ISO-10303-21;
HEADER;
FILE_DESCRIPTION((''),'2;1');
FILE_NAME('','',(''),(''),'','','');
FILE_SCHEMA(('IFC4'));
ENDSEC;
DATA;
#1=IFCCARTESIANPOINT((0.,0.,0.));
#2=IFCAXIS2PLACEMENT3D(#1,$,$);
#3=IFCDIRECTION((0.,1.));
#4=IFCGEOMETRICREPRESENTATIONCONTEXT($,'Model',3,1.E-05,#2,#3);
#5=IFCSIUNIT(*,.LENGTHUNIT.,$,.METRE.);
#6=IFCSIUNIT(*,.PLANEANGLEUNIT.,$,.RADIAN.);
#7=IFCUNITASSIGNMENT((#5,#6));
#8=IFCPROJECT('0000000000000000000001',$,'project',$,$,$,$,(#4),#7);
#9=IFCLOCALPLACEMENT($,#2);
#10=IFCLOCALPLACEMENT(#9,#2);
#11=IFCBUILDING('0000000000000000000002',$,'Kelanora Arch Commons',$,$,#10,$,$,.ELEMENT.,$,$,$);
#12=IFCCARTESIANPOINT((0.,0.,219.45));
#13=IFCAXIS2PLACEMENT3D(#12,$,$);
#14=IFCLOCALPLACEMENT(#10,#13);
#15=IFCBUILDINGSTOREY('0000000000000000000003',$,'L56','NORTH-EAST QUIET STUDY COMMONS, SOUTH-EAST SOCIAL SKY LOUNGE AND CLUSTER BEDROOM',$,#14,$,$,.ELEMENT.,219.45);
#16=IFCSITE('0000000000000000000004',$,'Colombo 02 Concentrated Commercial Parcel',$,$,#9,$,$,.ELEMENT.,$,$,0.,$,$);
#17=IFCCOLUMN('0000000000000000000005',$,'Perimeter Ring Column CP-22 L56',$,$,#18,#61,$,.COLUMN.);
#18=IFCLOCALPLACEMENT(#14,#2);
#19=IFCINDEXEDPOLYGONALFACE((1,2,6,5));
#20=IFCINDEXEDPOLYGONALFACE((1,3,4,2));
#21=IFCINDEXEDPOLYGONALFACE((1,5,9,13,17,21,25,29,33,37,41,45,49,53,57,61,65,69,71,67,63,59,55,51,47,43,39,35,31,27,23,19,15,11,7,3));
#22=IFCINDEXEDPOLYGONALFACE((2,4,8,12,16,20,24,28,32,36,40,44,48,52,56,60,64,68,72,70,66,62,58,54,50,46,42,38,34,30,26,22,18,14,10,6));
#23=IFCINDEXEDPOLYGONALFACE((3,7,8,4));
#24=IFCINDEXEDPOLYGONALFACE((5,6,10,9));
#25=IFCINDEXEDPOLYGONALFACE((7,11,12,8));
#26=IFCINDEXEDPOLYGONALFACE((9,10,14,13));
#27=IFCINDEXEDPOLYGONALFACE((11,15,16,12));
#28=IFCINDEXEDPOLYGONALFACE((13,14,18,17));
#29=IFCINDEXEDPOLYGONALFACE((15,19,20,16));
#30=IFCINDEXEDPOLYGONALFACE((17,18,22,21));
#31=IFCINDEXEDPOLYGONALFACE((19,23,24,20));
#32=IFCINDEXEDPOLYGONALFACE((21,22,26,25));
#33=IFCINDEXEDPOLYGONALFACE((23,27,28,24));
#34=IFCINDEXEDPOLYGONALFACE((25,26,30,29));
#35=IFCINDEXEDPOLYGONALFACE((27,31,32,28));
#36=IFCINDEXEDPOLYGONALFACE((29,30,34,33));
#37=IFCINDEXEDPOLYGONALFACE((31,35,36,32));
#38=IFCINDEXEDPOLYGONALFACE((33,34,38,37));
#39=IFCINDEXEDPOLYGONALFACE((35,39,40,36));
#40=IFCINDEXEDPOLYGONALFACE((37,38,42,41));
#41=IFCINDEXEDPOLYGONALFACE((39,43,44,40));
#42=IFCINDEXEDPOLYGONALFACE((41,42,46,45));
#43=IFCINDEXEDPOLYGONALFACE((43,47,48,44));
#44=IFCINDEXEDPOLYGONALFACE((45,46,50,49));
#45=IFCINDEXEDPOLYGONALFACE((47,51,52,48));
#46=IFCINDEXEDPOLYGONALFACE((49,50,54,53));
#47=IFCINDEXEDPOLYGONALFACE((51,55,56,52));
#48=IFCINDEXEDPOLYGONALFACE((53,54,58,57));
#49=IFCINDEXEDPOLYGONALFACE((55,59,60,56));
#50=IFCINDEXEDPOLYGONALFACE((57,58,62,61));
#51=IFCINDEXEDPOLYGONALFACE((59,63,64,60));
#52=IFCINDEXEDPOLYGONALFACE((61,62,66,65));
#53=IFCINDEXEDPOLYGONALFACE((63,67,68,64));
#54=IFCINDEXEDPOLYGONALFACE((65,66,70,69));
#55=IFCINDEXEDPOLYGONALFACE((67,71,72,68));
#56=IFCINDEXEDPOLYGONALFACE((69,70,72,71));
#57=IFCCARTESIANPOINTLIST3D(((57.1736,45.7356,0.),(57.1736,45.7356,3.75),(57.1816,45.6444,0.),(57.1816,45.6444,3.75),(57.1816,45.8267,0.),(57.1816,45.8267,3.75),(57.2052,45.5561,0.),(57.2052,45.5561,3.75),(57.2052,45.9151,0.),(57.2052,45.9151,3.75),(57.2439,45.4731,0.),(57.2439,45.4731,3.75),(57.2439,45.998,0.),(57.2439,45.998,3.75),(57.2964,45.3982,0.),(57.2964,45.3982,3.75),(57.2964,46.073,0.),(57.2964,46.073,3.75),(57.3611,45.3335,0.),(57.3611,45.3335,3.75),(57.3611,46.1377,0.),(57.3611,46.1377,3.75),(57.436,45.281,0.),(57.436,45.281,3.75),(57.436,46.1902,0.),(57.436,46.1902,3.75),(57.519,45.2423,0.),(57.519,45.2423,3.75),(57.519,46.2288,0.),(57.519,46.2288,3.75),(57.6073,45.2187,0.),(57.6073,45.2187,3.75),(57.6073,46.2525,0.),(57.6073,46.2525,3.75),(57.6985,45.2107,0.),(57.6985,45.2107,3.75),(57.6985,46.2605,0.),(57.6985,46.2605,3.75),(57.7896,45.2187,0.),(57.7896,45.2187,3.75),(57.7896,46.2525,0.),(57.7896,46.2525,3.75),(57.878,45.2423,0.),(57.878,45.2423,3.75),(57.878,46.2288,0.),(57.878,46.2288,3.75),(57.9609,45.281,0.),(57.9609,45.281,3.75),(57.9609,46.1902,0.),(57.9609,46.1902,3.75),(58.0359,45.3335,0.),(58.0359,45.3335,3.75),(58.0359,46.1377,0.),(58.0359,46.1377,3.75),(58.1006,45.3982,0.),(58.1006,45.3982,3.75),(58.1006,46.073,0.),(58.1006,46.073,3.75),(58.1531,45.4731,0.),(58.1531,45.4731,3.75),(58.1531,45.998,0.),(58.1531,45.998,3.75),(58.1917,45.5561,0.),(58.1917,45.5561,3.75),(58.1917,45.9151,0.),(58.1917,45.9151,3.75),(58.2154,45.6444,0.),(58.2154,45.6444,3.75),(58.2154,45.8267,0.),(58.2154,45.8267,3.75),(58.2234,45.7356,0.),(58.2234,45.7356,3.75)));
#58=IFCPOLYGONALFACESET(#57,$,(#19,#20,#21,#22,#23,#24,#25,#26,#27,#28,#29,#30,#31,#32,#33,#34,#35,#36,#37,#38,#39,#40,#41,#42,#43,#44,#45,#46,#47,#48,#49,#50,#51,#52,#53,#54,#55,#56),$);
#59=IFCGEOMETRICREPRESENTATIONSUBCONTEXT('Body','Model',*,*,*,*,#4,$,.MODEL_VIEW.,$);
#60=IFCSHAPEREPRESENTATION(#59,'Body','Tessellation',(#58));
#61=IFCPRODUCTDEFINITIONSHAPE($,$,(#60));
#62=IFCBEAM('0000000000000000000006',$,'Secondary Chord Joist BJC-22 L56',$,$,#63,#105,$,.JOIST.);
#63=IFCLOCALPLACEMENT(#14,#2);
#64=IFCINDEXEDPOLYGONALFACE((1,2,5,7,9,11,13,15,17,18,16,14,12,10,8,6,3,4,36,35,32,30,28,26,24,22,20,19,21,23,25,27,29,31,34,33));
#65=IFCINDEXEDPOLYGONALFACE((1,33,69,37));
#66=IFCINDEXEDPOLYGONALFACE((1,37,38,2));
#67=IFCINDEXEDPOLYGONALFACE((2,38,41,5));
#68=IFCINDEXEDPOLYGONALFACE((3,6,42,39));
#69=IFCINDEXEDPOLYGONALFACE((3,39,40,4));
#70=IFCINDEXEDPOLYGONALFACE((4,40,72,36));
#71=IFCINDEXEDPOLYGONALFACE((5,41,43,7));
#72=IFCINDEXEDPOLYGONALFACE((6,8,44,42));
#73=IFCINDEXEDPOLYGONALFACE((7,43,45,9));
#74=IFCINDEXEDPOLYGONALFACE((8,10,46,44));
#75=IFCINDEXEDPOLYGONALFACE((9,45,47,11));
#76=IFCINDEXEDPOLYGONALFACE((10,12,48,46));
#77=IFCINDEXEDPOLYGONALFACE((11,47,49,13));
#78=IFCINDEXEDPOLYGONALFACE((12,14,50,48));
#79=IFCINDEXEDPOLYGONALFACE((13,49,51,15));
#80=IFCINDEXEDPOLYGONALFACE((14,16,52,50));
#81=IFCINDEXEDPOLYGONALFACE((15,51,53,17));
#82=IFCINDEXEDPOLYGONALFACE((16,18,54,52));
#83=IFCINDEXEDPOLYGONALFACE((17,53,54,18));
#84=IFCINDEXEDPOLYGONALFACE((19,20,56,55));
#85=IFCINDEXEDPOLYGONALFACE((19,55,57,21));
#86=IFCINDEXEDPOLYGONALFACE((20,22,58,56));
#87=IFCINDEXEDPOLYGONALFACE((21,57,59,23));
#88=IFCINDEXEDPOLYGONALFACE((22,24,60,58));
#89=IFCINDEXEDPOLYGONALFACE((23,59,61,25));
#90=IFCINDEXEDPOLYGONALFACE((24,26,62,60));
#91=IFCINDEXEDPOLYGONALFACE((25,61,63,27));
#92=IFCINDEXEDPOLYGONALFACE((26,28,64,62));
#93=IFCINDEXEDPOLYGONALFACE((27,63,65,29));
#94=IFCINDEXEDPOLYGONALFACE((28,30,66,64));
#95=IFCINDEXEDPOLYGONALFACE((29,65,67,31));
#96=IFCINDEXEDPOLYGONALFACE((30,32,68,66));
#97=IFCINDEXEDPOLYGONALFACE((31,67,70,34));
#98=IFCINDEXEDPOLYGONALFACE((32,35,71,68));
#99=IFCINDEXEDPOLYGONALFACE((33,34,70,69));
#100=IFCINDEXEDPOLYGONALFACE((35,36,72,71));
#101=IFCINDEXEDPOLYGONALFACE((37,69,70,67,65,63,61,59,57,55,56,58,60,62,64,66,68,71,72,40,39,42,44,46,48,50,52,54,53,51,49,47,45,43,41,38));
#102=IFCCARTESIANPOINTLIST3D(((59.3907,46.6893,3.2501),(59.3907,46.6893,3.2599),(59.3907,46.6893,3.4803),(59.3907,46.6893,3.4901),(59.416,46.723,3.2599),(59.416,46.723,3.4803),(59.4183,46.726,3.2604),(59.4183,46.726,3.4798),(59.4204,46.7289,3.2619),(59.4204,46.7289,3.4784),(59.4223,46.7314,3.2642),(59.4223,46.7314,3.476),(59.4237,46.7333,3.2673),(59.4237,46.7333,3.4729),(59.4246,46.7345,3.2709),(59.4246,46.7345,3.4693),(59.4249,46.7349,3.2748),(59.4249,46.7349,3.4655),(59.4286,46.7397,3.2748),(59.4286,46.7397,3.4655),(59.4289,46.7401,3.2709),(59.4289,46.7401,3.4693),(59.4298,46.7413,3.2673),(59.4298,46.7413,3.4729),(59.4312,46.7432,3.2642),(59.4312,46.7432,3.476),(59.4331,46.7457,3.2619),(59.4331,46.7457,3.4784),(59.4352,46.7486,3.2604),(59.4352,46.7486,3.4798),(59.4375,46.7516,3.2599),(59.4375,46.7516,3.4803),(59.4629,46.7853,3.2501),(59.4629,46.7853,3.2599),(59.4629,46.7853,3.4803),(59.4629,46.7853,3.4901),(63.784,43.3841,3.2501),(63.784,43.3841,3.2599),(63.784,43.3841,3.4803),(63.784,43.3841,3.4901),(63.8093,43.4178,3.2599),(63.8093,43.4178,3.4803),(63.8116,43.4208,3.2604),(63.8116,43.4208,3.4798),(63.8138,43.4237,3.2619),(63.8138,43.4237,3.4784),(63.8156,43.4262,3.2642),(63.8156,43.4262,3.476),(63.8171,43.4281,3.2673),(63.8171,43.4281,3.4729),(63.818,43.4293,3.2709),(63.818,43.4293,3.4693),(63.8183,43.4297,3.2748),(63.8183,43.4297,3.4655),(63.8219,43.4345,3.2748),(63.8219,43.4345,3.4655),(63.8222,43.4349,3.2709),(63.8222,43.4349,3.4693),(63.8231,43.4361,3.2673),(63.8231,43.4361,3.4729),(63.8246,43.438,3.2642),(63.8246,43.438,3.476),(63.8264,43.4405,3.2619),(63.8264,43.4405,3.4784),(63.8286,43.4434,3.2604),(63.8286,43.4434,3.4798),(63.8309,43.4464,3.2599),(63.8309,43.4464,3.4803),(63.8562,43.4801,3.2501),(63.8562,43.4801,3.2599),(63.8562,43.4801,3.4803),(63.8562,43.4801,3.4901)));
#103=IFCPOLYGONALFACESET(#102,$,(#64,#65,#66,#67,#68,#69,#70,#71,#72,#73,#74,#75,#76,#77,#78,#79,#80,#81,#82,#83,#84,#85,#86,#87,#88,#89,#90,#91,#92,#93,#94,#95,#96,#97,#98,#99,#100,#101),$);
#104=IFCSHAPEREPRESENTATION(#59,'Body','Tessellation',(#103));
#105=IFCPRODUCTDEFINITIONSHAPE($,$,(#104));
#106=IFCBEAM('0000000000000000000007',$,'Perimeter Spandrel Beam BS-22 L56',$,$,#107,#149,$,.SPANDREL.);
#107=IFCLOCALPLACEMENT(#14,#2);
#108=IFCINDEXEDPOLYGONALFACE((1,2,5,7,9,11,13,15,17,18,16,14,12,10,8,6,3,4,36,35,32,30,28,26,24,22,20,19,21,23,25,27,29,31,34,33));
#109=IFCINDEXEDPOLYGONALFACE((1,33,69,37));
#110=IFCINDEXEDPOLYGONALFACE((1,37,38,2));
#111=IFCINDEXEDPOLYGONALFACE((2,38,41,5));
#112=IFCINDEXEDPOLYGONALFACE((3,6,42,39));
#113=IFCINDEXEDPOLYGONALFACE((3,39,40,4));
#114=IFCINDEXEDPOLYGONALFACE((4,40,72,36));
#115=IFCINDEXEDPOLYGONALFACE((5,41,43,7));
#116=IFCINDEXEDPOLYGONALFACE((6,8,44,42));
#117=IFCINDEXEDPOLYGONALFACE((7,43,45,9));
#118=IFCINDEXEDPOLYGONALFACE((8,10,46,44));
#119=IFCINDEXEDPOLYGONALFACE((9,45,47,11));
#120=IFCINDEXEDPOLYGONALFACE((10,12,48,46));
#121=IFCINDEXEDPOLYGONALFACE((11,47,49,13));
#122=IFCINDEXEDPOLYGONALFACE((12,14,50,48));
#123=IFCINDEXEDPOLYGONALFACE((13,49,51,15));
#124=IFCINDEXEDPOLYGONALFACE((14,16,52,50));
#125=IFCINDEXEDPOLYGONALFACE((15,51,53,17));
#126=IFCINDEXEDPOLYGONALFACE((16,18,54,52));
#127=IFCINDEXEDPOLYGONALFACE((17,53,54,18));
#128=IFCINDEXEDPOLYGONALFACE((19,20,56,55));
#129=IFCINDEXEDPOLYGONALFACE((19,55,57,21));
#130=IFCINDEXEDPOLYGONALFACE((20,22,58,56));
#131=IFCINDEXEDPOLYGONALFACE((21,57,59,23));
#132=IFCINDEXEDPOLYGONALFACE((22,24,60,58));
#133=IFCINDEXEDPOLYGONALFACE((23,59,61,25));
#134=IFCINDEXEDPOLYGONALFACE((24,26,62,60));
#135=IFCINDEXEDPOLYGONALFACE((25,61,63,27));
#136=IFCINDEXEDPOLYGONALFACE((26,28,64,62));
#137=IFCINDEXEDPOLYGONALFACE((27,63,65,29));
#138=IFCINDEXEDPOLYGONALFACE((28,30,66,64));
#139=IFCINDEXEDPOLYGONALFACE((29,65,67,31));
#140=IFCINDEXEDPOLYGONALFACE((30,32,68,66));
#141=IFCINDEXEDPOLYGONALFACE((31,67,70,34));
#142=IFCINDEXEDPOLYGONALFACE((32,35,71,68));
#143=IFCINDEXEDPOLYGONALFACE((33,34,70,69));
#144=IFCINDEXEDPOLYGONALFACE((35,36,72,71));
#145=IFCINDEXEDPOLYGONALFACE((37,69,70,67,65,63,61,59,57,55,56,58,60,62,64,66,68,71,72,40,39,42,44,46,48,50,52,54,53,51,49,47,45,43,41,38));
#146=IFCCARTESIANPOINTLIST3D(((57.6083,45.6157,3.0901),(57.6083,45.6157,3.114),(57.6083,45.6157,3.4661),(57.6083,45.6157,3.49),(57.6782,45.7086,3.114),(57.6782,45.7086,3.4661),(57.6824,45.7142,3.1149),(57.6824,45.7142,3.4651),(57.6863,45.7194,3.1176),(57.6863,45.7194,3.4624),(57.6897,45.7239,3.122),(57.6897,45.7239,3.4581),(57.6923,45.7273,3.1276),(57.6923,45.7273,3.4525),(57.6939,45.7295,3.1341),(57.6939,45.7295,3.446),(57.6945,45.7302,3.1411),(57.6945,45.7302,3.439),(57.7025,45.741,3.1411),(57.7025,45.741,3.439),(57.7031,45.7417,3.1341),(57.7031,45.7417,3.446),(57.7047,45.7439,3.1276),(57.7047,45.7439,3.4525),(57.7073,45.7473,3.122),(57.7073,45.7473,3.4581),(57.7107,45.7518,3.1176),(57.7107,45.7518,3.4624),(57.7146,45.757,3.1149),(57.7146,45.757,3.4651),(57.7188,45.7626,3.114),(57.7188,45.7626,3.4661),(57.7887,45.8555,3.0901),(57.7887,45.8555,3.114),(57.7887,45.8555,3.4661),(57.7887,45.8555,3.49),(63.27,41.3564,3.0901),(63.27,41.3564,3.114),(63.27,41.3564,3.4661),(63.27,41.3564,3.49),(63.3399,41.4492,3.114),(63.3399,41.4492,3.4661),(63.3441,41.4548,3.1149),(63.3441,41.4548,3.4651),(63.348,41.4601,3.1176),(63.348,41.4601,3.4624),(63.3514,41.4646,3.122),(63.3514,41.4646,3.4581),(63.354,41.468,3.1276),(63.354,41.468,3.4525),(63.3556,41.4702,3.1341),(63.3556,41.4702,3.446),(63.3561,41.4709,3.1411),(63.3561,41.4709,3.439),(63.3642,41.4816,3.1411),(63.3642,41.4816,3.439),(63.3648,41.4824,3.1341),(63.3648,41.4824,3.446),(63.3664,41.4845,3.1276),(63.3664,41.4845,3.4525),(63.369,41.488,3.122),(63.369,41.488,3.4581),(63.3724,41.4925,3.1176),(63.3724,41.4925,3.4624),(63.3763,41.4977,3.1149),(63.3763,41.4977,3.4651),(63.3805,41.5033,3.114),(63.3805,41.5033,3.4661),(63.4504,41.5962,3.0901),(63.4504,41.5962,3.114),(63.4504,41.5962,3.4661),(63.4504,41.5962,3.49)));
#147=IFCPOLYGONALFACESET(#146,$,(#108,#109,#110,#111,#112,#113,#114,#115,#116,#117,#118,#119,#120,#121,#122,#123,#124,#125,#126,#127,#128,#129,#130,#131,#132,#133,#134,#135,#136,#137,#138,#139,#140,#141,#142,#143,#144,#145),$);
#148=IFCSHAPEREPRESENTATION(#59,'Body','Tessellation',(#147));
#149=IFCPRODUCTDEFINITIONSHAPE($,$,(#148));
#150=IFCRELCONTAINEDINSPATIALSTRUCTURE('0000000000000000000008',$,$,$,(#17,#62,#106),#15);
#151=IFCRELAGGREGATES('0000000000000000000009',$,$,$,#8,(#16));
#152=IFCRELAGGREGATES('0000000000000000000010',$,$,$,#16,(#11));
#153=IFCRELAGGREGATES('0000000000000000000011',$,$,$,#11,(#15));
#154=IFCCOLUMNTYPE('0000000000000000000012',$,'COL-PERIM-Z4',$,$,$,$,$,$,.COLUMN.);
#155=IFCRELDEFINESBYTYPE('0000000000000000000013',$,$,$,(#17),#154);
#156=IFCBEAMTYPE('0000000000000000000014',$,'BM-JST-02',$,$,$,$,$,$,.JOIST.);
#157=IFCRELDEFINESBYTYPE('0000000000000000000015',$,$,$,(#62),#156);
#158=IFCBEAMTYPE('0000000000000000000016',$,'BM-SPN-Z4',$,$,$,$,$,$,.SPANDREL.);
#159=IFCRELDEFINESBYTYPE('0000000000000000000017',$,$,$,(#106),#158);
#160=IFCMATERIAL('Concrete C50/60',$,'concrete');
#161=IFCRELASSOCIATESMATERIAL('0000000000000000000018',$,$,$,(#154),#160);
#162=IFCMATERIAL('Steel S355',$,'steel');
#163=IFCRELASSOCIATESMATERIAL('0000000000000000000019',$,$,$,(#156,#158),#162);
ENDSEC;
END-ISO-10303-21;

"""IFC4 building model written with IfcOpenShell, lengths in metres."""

from ifc_helpers import new_model, si_unit, direction, frame, origin, origin_2d, place, context, subcontext, project, spatial, circle, i_section, extrude, material, material_profile, profile_set, type_object, element, save


model = new_model("IFC4")

# Units and contexts
model_context = context("Model", 3, precision=1e-05, world=origin(), true_north=direction((0.0, 1.0)))
body_context = subcontext(model_context, "Body", "Model", "MODEL_VIEW")
ifc_project = project(units=[si_unit("LENGTHUNIT", "METRE"), si_unit("PLANEANGLEUNIT", "RADIAN")], contexts=[model_context])

# Site, building, storey
site_placement = place(None, origin())
site = spatial("IfcSite", under=ifc_project, at=site_placement, Name="Colombo 02 Concentrated Commercial Parcel", CompositionType="ELEMENT", RefElevation=0.0)
building_placement = place(site_placement, origin())
building = spatial("IfcBuilding", under=site, at=building_placement, Name="Kelanora Arch Commons", CompositionType="ELEMENT")
storey_placement = place(building_placement, frame((0.0, 0.0, 219.45)))
storey = spatial("IfcBuildingStorey", under=building, at=storey_placement, Name="L56", Description="NORTH-EAST QUIET STUDY COMMONS, SOUTH-EAST SOCIAL SKY LOUNGE AND CLUSTER BEDROOM", CompositionType="ELEMENT", Elevation=219.45)

# Column
ifc_material_1 = material(Name="Concrete C50/60", Category="concrete")
ifc_material_profile_1 = material_profile(ifc_material_1, circle(Radius=0.5249, at=origin_2d()), Name="RCC1050")
ifc_profile_set_1 = profile_set([ifc_material_profile_1], Name="Concrete C50/60")
column_type = type_object("IfcColumnType", Name="COL-PERIM-Z4", PredefinedType="COLUMN", material=ifc_profile_set_1)
column_placement = place(storey_placement, frame((57.6985, 45.7356, 0.0), z_axis=(0.0, 0.0, 1.0), x_axis=(1.0, 0.0, 0.0)))
element("IfcColumn", 1, at=column_placement, inside=storey, type_object=column_type, Name="Perimeter Ring Column CP-22 L56", PredefinedType="COLUMN", context=body_context, shape_type="SweptSolid", body=[
    extrude(circle(Radius=0.5249, at=origin_2d()), origin(), (0.0, 0.0, 1.0), 3.75),
])

# Beams
ifc_material_2 = material(Name="Steel S355", Category="steel")
ifc_material_profile_2 = material_profile(ifc_material_2, i_section(OverallWidth=0.1201, OverallDepth=0.24, WebThickness=0.0061, FlangeThickness=0.0098, FilletRadius=0.0149, at=origin_2d()), Name="IPE240")
ifc_profile_set_2 = profile_set([ifc_material_profile_2], Name="Steel S355")
beam_type_1 = type_object("IfcBeamType", Name="BM-JST-02", PredefinedType="JOIST", material=ifc_profile_set_2)
beam_1_placement = place(storey_placement, frame((59.4268, 46.7373, 3.3701), z_axis=(0.799109, -0.601186, 0.0), x_axis=(0.601186, 0.799109, 0.0)))
element("IfcBeam", 2, at=beam_1_placement, inside=storey, type_object=beam_type_1, Name="Secondary Chord Joist BJC-22 L56", PredefinedType="JOIST", context=body_context, shape_type="SweptSolid", body=[
    extrude(i_section(OverallWidth=0.1201, OverallDepth=0.24, WebThickness=0.0061, FlangeThickness=0.0098, FilletRadius=0.0149, at=origin_2d()), origin(), (0.0, 0.0, 1.0), 5.4978),
])
ifc_material_profile_3 = material_profile(ifc_material_2, i_section(OverallWidth=0.3, OverallDepth=0.3999, WebThickness=0.0134, FlangeThickness=0.0239, FilletRadius=0.0271, at=origin_2d()), Name="HEB400")
ifc_profile_set_3 = profile_set([ifc_material_profile_3], Name="Steel S355")
beam_type_2 = type_object("IfcBeamType", Name="BM-SPN-Z4", PredefinedType="SPANDREL", material=ifc_profile_set_3)
beam_2_placement = place(storey_placement, frame((57.6985, 45.7356, 3.29), z_axis=(0.799114, -0.601179, 0.0), x_axis=(0.601179, 0.799114, 0.0)))
element("IfcBeam", 3, at=beam_2_placement, inside=storey, type_object=beam_type_2, Name="Perimeter Spandrel Beam BS-22 L56", PredefinedType="SPANDREL", context=body_context, shape_type="SweptSolid", body=[
    extrude(i_section(OverallWidth=0.3, OverallDepth=0.3999, WebThickness=0.0134, FlangeThickness=0.0239, FilletRadius=0.0271, at=origin_2d()), origin(), (0.0, 0.0, 1.0), 7.085),
])

save(model, "model.ifc")
